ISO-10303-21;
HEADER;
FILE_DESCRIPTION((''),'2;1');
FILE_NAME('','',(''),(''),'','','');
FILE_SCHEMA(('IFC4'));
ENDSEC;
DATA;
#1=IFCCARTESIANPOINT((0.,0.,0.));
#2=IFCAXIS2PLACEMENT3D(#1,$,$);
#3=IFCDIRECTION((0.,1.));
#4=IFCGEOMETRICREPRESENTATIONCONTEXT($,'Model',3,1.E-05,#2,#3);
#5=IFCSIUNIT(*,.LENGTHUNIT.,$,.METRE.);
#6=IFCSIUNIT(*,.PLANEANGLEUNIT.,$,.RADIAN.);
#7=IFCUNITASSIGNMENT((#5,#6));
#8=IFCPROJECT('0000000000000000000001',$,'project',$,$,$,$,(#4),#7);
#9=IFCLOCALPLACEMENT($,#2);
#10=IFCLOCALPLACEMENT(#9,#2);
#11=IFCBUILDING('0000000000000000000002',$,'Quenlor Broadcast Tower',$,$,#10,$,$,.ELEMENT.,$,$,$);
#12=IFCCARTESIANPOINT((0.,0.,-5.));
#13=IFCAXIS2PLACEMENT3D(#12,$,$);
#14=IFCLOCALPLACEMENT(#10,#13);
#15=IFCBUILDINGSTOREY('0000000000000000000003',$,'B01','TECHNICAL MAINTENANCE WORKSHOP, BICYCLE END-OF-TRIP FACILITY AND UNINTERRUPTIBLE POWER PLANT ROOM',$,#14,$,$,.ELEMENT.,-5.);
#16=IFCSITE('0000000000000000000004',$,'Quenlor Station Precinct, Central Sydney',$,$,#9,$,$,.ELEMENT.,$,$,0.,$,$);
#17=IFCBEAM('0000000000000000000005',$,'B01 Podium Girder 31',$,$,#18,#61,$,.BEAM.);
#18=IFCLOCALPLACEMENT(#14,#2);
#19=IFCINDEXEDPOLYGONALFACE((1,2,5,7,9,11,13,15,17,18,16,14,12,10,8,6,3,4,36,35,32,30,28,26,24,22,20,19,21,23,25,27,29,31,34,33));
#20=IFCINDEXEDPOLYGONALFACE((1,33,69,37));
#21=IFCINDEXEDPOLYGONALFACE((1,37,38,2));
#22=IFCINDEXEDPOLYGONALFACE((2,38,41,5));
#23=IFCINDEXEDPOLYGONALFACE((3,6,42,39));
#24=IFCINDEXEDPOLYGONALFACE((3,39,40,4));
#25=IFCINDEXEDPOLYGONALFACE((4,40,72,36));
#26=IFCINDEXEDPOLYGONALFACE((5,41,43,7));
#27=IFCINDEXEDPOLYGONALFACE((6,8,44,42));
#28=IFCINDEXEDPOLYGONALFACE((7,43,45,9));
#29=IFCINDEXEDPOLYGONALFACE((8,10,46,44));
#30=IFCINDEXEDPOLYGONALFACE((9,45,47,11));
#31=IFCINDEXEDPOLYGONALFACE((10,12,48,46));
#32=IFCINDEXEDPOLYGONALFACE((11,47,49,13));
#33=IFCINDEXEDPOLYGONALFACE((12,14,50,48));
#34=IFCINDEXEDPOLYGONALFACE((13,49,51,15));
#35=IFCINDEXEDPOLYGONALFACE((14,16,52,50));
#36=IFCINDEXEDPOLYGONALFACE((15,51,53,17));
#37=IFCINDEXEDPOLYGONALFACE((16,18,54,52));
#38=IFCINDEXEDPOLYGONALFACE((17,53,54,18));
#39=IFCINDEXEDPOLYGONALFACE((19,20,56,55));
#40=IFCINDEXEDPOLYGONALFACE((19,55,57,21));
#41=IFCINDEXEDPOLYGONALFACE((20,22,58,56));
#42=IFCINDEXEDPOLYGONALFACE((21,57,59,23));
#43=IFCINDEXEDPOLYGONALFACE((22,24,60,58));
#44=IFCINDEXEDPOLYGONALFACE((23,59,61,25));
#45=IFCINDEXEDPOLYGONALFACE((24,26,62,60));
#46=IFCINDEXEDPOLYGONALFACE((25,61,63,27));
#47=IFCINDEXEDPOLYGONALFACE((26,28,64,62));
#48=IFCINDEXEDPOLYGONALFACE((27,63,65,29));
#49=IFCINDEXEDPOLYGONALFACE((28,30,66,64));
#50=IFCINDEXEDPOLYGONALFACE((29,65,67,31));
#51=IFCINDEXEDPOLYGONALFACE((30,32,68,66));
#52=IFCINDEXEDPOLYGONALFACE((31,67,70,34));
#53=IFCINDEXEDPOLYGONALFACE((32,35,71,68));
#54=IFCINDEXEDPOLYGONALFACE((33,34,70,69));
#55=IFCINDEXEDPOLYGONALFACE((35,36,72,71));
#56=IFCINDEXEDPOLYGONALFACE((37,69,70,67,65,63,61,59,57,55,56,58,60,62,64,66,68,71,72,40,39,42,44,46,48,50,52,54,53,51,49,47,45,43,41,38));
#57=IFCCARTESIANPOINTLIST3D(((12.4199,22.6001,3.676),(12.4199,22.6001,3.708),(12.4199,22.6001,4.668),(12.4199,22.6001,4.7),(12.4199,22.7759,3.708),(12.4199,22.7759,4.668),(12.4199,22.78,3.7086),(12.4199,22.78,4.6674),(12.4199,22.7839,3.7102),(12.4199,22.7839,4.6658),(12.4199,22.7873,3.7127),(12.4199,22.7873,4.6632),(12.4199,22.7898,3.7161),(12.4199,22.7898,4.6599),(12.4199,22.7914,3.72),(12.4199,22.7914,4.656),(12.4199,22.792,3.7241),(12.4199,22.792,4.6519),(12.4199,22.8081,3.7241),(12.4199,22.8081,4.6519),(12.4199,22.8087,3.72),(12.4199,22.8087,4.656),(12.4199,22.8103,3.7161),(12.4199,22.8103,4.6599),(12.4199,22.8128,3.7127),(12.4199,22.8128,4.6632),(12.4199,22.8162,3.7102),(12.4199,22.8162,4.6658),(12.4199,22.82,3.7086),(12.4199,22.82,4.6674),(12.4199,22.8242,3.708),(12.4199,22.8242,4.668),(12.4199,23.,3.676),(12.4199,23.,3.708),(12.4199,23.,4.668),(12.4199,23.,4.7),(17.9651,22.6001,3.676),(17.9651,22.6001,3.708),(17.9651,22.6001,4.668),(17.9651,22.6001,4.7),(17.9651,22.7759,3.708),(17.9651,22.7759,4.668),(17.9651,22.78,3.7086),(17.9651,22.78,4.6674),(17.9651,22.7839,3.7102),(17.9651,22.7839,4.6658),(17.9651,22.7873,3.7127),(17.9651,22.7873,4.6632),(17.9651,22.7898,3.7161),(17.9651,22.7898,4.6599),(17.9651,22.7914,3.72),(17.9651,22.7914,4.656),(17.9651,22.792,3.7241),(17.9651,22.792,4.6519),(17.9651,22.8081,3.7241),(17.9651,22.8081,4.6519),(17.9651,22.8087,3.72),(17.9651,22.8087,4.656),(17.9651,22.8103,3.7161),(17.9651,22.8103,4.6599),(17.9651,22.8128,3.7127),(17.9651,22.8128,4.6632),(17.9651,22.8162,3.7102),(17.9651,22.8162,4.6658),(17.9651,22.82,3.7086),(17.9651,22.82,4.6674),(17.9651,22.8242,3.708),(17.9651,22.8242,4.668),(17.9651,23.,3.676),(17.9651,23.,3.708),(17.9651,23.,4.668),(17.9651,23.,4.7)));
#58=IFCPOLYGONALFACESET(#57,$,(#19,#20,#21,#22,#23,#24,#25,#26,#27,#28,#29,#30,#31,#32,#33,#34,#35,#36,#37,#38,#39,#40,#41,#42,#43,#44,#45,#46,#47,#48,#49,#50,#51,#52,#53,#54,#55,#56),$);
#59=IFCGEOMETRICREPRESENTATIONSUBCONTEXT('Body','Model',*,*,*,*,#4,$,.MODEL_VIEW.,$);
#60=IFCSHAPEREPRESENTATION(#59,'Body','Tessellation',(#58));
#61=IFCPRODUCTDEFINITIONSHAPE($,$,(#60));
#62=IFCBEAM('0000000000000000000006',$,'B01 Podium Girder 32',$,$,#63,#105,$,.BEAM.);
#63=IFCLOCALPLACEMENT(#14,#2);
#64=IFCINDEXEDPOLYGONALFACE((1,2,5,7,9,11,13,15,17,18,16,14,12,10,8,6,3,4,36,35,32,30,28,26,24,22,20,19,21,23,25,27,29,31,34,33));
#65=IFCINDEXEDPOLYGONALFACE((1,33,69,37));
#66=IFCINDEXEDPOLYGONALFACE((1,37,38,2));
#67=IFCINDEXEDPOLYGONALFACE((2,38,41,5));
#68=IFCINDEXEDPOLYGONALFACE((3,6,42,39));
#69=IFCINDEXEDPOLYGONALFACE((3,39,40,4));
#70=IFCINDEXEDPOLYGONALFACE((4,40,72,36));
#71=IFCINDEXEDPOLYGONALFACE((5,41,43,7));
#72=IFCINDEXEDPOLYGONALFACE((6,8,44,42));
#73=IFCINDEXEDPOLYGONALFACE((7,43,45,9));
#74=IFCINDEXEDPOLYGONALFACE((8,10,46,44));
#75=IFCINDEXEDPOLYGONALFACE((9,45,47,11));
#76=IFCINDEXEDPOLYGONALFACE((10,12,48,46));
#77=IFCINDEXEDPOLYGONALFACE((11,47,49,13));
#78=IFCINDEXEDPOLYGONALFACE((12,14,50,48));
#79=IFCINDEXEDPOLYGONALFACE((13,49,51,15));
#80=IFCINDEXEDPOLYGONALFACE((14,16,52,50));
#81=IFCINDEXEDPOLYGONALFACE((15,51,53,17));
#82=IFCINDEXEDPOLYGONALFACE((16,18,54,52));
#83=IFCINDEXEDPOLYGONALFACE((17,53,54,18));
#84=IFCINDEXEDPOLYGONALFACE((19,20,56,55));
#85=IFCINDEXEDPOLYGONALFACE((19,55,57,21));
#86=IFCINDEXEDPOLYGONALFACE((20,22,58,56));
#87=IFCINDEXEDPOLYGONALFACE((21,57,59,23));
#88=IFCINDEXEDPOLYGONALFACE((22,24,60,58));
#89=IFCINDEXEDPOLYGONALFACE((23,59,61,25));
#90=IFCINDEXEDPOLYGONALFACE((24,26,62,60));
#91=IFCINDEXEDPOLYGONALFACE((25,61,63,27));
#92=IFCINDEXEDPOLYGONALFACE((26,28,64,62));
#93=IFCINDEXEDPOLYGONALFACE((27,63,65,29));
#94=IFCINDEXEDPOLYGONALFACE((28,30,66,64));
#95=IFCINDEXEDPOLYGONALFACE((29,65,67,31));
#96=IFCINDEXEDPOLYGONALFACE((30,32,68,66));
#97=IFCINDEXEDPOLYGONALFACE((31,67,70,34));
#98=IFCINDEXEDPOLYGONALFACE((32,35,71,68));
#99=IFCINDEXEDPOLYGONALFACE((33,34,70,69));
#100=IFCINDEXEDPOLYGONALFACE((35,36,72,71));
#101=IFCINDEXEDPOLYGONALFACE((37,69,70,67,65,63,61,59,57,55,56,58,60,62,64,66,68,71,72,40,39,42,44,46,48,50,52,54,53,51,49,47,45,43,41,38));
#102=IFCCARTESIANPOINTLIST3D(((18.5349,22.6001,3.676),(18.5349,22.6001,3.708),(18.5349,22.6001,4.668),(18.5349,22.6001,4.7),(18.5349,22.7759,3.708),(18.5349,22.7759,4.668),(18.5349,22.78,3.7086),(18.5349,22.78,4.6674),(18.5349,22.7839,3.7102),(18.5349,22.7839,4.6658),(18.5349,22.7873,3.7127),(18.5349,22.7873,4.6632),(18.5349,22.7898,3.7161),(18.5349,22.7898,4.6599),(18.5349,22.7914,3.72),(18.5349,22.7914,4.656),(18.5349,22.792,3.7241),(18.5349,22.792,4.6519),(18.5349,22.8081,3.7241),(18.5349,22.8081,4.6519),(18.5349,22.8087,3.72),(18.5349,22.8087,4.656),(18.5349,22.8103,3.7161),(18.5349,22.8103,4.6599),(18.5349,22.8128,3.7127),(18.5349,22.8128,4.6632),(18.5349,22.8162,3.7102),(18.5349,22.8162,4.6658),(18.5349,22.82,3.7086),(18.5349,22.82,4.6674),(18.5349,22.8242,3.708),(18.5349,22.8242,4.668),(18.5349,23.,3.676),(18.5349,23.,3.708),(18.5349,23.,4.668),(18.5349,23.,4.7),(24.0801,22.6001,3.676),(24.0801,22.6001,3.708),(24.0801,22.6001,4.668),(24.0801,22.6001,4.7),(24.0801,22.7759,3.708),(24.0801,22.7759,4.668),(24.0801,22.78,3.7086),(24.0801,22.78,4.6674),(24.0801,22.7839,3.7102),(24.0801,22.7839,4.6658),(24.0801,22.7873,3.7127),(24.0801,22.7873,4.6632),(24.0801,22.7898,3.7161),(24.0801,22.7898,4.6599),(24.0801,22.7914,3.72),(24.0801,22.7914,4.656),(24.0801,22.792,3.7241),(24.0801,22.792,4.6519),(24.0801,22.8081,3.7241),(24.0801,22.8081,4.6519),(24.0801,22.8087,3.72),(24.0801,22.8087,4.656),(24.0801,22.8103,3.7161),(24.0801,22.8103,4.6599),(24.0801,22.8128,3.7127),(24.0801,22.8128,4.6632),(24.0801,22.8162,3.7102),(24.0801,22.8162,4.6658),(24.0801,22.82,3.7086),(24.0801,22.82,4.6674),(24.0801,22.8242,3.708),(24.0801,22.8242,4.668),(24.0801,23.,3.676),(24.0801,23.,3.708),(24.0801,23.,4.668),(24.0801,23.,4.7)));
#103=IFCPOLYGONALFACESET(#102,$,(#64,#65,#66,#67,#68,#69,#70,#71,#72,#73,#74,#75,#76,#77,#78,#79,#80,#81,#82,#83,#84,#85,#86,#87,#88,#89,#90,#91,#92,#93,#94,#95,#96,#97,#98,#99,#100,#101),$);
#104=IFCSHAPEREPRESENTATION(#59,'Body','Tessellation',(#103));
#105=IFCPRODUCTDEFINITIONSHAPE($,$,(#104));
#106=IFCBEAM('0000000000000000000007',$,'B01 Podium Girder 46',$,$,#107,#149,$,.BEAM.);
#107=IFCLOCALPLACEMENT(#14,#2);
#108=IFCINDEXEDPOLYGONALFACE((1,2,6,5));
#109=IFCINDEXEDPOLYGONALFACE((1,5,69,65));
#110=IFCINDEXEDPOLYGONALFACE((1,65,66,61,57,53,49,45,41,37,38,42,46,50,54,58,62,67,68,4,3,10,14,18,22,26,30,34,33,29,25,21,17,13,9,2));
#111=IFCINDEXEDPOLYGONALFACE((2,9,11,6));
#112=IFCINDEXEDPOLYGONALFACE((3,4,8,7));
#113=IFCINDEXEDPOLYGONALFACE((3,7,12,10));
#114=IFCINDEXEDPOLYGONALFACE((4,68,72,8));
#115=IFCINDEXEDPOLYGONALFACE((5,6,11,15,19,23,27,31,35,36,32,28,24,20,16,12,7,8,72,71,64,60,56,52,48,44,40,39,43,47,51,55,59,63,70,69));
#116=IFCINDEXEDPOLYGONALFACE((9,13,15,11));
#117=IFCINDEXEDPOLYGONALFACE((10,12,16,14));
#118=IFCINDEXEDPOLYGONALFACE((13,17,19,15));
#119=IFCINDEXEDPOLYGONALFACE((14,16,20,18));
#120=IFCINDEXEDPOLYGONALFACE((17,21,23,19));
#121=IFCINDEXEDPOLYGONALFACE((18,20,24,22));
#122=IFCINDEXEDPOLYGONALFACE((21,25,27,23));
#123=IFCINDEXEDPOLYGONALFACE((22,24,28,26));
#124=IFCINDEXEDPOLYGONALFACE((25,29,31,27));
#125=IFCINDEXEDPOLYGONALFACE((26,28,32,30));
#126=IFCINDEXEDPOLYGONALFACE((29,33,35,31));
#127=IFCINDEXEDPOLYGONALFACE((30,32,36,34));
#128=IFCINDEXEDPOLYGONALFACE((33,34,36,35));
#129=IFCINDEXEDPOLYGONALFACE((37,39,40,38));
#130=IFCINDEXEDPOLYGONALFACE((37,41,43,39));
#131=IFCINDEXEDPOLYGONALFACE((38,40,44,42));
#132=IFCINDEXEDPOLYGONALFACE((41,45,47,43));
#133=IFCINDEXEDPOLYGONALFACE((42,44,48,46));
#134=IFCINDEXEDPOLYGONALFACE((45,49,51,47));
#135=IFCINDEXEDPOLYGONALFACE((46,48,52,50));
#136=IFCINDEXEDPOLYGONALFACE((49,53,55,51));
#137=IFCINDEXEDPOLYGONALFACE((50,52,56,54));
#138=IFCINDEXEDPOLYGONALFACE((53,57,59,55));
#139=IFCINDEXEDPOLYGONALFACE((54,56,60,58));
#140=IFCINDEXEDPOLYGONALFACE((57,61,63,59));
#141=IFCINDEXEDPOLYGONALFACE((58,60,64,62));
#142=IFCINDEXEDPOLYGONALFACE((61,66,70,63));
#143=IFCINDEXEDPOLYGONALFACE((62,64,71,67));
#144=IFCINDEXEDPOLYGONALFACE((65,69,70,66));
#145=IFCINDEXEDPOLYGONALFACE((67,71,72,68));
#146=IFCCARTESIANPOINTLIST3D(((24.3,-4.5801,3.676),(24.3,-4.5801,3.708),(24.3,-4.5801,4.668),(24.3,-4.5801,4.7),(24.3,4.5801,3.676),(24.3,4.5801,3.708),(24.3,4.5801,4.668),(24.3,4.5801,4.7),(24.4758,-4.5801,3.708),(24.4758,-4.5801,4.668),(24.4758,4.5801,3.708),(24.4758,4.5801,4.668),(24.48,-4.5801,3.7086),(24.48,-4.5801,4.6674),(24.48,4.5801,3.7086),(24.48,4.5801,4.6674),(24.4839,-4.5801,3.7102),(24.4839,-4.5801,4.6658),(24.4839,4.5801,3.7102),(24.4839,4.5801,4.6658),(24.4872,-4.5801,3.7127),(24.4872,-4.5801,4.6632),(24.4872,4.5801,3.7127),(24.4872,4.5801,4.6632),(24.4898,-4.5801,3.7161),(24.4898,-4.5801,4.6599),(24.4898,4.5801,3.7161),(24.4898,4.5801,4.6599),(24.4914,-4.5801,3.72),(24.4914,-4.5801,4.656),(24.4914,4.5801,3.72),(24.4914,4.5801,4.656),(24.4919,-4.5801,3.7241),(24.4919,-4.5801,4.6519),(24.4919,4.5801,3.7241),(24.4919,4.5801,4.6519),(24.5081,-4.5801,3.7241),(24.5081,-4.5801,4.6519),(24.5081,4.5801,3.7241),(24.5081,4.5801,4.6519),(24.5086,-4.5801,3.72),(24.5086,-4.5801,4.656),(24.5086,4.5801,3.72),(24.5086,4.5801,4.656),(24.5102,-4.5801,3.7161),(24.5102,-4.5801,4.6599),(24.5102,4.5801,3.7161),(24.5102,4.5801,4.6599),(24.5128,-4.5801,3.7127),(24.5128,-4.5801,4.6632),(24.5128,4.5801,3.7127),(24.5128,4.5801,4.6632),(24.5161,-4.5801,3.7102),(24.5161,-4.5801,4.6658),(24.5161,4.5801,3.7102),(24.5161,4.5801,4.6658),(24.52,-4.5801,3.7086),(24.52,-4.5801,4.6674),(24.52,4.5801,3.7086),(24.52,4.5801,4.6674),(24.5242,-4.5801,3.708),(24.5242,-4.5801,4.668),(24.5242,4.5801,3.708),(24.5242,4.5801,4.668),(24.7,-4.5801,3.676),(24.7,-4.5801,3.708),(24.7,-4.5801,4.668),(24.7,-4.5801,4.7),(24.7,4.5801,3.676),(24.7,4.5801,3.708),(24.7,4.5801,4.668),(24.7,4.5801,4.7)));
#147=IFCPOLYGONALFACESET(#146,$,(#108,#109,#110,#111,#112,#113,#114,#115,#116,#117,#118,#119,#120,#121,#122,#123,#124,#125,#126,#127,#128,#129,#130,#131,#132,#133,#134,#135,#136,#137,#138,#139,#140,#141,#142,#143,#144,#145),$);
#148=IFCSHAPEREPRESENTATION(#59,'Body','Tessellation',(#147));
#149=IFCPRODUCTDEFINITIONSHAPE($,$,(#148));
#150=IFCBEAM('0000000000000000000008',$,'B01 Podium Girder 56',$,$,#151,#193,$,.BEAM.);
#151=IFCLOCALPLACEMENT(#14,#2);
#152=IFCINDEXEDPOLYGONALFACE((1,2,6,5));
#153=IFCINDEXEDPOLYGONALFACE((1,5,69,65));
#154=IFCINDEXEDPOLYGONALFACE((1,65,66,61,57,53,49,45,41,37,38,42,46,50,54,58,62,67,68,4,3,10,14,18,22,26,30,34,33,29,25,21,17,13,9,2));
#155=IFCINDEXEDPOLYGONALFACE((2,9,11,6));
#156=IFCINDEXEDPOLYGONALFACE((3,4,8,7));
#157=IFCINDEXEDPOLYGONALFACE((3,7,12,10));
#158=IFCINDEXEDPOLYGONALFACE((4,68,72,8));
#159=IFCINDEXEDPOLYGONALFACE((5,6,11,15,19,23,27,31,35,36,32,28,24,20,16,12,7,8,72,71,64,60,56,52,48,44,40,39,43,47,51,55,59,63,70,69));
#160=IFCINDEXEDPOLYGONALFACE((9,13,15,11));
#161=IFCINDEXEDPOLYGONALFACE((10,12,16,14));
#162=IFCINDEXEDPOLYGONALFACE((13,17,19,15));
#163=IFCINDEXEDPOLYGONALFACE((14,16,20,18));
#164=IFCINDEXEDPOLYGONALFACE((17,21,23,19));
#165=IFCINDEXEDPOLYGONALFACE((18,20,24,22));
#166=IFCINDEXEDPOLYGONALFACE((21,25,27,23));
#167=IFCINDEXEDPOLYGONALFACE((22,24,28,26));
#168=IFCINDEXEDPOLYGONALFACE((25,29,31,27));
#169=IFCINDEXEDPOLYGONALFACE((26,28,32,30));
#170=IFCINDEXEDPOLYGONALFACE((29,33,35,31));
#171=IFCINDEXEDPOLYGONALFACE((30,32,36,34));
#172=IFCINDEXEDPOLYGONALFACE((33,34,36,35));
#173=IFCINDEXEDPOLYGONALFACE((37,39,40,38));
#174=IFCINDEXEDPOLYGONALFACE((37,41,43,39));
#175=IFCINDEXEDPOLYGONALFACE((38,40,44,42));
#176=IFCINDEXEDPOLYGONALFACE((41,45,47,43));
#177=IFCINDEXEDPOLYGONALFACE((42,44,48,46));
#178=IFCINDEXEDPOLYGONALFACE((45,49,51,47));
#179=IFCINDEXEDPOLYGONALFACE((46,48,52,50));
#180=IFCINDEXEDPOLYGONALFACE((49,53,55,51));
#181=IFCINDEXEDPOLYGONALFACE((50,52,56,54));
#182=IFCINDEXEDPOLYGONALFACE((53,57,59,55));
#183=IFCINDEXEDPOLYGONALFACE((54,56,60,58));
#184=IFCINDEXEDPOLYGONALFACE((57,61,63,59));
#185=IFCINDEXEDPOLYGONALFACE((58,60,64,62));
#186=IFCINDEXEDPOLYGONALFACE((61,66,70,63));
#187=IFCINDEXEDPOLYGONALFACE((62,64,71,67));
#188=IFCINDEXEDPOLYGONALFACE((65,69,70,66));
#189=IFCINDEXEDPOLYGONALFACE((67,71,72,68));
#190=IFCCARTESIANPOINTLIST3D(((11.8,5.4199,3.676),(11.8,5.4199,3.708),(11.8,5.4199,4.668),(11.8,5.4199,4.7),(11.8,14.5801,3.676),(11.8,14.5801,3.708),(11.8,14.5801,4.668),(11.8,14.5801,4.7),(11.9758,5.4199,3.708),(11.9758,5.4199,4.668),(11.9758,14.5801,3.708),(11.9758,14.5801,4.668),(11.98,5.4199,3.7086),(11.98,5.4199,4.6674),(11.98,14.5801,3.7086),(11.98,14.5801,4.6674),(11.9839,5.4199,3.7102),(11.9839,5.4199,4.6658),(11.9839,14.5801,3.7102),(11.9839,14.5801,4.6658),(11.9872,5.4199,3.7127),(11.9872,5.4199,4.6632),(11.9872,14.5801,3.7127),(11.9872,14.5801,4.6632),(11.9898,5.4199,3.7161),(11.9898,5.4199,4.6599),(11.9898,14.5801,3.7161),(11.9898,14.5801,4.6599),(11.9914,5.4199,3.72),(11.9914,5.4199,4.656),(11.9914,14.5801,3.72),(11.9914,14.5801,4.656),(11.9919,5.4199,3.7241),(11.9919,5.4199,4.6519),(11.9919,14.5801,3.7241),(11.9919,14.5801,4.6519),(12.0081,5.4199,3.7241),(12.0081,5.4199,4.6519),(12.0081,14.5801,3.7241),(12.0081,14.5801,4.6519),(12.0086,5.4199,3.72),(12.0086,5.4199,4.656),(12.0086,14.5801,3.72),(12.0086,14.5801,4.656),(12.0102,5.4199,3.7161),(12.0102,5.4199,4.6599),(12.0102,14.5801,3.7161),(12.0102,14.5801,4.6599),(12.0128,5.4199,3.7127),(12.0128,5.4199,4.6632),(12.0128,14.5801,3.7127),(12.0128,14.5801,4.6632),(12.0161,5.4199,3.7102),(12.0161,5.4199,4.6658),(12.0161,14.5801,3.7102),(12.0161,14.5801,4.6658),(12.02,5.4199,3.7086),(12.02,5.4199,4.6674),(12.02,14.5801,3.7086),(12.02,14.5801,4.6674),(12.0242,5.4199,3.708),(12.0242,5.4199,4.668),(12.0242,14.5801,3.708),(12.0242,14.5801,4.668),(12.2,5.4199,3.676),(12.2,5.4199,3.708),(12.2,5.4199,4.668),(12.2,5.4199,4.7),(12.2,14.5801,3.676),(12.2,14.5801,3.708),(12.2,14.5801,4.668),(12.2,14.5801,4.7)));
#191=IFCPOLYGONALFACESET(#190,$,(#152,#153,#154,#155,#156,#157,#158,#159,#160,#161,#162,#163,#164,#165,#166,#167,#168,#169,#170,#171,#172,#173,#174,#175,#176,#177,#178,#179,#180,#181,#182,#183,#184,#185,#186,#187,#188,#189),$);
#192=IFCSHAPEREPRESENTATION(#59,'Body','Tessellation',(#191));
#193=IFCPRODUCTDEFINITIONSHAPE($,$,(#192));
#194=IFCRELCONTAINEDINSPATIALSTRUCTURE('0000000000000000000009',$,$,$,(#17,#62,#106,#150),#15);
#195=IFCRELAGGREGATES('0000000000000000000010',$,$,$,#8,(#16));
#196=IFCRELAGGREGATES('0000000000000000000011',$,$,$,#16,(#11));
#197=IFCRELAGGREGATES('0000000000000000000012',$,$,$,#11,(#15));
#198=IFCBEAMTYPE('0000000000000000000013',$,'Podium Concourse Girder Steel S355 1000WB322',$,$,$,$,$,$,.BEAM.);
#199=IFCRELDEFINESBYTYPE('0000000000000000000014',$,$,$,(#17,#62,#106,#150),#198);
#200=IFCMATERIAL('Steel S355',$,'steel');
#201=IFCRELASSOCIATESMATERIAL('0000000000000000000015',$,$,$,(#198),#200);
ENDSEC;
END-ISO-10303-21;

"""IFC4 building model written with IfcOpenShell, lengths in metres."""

from ifc_helpers import new_model, si_unit, direction, frame, origin, origin_2d, place, context, subcontext, project, spatial, i_section, extrude, material, material_profile, profile_set, type_object, element, save


model = new_model("IFC4")

# Units and contexts
model_context = context("Model", 3, precision=1e-05, world=origin(), true_north=direction((0.0, 1.0)))
body_context = subcontext(model_context, "Body", "Model", "MODEL_VIEW")
ifc_project = project(units=[si_unit("LENGTHUNIT", "METRE"), si_unit("PLANEANGLEUNIT", "RADIAN")], contexts=[model_context])

# Site, building, storey
site_placement = place(None, origin())
site = spatial("IfcSite", under=ifc_project, at=site_placement, Name="Quenlor Station Precinct, Central Sydney", CompositionType="ELEMENT", RefElevation=0.0)
building_placement = place(site_placement, origin())
building = spatial("IfcBuilding", under=site, at=building_placement, Name="Quenlor Broadcast Tower", CompositionType="ELEMENT")
storey_placement = place(building_placement, frame((0.0, 0.0, -5.0)))
storey = spatial("IfcBuildingStorey", under=building, at=storey_placement, Name="B01", Description="TECHNICAL MAINTENANCE WORKSHOP, BICYCLE END-OF-TRIP FACILITY AND UNINTERRUPTIBLE POWER PLANT ROOM", CompositionType="ELEMENT", Elevation=-5.0)

# Beams
ifc_material_1 = material(Name="Steel S355", Category="steel")
ifc_material_profile_1 = material_profile(ifc_material_1, i_section(OverallWidth=0.3999, OverallDepth=1.0239, WebThickness=0.0161, FlangeThickness=0.032, FilletRadius=0.0161, at=origin_2d()))
ifc_profile_set_1 = profile_set([ifc_material_profile_1], Name="Steel S355 1000WB322")
beam_type_1 = type_object("IfcBeamType", Name="Podium Concourse Girder Steel S355 1000WB322", PredefinedType="BEAM", material=ifc_profile_set_1)
for number, where, z_axis, x_axis, name in (
    (1, (12.4199, 22.8, 4.188), (1.0, 0.0, 0.0), (0.0, 1.0, 0.0), "B01 Podium Girder 31"),
    (2, (18.5349, 22.8, 4.188), (1.0, 0.0, 0.0), (0.0, 1.0, 0.0), "B01 Podium Girder 32"),
):
    element("IfcBeam", number, at=place(storey_placement, frame(where, z_axis=z_axis, x_axis=x_axis)), inside=storey, type_object=beam_type_1, Name=name, PredefinedType="BEAM", context=body_context, shape_type="SweptSolid", body=[
        extrude(i_section(OverallWidth=0.3999, OverallDepth=1.0239, WebThickness=0.0161, FlangeThickness=0.032, FilletRadius=0.0161, at=origin_2d()), origin(), (0.0, 0.0, 1.0), 5.5452),
    ])
for number, where, z_axis, x_axis, name in (
    (3, (24.5, -4.5801, 4.188), (0.0, 1.0, 0.0), (-1.0, 0.0, 0.0), "B01 Podium Girder 46"),
    (4, (12.0, 5.4199, 4.188), (0.0, 1.0, 0.0), (-1.0, 0.0, 0.0), "B01 Podium Girder 56"),
):
    element("IfcBeam", number, at=place(storey_placement, frame(where, z_axis=z_axis, x_axis=x_axis)), inside=storey, type_object=beam_type_1, Name=name, PredefinedType="BEAM", context=body_context, shape_type="SweptSolid", body=[
        extrude(i_section(OverallWidth=0.3999, OverallDepth=1.0239, WebThickness=0.0161, FlangeThickness=0.032, FilletRadius=0.0161, at=origin_2d()), origin(), (0.0, 0.0, 1.0), 9.1602),
    ])

save(model, "model.ifc")
